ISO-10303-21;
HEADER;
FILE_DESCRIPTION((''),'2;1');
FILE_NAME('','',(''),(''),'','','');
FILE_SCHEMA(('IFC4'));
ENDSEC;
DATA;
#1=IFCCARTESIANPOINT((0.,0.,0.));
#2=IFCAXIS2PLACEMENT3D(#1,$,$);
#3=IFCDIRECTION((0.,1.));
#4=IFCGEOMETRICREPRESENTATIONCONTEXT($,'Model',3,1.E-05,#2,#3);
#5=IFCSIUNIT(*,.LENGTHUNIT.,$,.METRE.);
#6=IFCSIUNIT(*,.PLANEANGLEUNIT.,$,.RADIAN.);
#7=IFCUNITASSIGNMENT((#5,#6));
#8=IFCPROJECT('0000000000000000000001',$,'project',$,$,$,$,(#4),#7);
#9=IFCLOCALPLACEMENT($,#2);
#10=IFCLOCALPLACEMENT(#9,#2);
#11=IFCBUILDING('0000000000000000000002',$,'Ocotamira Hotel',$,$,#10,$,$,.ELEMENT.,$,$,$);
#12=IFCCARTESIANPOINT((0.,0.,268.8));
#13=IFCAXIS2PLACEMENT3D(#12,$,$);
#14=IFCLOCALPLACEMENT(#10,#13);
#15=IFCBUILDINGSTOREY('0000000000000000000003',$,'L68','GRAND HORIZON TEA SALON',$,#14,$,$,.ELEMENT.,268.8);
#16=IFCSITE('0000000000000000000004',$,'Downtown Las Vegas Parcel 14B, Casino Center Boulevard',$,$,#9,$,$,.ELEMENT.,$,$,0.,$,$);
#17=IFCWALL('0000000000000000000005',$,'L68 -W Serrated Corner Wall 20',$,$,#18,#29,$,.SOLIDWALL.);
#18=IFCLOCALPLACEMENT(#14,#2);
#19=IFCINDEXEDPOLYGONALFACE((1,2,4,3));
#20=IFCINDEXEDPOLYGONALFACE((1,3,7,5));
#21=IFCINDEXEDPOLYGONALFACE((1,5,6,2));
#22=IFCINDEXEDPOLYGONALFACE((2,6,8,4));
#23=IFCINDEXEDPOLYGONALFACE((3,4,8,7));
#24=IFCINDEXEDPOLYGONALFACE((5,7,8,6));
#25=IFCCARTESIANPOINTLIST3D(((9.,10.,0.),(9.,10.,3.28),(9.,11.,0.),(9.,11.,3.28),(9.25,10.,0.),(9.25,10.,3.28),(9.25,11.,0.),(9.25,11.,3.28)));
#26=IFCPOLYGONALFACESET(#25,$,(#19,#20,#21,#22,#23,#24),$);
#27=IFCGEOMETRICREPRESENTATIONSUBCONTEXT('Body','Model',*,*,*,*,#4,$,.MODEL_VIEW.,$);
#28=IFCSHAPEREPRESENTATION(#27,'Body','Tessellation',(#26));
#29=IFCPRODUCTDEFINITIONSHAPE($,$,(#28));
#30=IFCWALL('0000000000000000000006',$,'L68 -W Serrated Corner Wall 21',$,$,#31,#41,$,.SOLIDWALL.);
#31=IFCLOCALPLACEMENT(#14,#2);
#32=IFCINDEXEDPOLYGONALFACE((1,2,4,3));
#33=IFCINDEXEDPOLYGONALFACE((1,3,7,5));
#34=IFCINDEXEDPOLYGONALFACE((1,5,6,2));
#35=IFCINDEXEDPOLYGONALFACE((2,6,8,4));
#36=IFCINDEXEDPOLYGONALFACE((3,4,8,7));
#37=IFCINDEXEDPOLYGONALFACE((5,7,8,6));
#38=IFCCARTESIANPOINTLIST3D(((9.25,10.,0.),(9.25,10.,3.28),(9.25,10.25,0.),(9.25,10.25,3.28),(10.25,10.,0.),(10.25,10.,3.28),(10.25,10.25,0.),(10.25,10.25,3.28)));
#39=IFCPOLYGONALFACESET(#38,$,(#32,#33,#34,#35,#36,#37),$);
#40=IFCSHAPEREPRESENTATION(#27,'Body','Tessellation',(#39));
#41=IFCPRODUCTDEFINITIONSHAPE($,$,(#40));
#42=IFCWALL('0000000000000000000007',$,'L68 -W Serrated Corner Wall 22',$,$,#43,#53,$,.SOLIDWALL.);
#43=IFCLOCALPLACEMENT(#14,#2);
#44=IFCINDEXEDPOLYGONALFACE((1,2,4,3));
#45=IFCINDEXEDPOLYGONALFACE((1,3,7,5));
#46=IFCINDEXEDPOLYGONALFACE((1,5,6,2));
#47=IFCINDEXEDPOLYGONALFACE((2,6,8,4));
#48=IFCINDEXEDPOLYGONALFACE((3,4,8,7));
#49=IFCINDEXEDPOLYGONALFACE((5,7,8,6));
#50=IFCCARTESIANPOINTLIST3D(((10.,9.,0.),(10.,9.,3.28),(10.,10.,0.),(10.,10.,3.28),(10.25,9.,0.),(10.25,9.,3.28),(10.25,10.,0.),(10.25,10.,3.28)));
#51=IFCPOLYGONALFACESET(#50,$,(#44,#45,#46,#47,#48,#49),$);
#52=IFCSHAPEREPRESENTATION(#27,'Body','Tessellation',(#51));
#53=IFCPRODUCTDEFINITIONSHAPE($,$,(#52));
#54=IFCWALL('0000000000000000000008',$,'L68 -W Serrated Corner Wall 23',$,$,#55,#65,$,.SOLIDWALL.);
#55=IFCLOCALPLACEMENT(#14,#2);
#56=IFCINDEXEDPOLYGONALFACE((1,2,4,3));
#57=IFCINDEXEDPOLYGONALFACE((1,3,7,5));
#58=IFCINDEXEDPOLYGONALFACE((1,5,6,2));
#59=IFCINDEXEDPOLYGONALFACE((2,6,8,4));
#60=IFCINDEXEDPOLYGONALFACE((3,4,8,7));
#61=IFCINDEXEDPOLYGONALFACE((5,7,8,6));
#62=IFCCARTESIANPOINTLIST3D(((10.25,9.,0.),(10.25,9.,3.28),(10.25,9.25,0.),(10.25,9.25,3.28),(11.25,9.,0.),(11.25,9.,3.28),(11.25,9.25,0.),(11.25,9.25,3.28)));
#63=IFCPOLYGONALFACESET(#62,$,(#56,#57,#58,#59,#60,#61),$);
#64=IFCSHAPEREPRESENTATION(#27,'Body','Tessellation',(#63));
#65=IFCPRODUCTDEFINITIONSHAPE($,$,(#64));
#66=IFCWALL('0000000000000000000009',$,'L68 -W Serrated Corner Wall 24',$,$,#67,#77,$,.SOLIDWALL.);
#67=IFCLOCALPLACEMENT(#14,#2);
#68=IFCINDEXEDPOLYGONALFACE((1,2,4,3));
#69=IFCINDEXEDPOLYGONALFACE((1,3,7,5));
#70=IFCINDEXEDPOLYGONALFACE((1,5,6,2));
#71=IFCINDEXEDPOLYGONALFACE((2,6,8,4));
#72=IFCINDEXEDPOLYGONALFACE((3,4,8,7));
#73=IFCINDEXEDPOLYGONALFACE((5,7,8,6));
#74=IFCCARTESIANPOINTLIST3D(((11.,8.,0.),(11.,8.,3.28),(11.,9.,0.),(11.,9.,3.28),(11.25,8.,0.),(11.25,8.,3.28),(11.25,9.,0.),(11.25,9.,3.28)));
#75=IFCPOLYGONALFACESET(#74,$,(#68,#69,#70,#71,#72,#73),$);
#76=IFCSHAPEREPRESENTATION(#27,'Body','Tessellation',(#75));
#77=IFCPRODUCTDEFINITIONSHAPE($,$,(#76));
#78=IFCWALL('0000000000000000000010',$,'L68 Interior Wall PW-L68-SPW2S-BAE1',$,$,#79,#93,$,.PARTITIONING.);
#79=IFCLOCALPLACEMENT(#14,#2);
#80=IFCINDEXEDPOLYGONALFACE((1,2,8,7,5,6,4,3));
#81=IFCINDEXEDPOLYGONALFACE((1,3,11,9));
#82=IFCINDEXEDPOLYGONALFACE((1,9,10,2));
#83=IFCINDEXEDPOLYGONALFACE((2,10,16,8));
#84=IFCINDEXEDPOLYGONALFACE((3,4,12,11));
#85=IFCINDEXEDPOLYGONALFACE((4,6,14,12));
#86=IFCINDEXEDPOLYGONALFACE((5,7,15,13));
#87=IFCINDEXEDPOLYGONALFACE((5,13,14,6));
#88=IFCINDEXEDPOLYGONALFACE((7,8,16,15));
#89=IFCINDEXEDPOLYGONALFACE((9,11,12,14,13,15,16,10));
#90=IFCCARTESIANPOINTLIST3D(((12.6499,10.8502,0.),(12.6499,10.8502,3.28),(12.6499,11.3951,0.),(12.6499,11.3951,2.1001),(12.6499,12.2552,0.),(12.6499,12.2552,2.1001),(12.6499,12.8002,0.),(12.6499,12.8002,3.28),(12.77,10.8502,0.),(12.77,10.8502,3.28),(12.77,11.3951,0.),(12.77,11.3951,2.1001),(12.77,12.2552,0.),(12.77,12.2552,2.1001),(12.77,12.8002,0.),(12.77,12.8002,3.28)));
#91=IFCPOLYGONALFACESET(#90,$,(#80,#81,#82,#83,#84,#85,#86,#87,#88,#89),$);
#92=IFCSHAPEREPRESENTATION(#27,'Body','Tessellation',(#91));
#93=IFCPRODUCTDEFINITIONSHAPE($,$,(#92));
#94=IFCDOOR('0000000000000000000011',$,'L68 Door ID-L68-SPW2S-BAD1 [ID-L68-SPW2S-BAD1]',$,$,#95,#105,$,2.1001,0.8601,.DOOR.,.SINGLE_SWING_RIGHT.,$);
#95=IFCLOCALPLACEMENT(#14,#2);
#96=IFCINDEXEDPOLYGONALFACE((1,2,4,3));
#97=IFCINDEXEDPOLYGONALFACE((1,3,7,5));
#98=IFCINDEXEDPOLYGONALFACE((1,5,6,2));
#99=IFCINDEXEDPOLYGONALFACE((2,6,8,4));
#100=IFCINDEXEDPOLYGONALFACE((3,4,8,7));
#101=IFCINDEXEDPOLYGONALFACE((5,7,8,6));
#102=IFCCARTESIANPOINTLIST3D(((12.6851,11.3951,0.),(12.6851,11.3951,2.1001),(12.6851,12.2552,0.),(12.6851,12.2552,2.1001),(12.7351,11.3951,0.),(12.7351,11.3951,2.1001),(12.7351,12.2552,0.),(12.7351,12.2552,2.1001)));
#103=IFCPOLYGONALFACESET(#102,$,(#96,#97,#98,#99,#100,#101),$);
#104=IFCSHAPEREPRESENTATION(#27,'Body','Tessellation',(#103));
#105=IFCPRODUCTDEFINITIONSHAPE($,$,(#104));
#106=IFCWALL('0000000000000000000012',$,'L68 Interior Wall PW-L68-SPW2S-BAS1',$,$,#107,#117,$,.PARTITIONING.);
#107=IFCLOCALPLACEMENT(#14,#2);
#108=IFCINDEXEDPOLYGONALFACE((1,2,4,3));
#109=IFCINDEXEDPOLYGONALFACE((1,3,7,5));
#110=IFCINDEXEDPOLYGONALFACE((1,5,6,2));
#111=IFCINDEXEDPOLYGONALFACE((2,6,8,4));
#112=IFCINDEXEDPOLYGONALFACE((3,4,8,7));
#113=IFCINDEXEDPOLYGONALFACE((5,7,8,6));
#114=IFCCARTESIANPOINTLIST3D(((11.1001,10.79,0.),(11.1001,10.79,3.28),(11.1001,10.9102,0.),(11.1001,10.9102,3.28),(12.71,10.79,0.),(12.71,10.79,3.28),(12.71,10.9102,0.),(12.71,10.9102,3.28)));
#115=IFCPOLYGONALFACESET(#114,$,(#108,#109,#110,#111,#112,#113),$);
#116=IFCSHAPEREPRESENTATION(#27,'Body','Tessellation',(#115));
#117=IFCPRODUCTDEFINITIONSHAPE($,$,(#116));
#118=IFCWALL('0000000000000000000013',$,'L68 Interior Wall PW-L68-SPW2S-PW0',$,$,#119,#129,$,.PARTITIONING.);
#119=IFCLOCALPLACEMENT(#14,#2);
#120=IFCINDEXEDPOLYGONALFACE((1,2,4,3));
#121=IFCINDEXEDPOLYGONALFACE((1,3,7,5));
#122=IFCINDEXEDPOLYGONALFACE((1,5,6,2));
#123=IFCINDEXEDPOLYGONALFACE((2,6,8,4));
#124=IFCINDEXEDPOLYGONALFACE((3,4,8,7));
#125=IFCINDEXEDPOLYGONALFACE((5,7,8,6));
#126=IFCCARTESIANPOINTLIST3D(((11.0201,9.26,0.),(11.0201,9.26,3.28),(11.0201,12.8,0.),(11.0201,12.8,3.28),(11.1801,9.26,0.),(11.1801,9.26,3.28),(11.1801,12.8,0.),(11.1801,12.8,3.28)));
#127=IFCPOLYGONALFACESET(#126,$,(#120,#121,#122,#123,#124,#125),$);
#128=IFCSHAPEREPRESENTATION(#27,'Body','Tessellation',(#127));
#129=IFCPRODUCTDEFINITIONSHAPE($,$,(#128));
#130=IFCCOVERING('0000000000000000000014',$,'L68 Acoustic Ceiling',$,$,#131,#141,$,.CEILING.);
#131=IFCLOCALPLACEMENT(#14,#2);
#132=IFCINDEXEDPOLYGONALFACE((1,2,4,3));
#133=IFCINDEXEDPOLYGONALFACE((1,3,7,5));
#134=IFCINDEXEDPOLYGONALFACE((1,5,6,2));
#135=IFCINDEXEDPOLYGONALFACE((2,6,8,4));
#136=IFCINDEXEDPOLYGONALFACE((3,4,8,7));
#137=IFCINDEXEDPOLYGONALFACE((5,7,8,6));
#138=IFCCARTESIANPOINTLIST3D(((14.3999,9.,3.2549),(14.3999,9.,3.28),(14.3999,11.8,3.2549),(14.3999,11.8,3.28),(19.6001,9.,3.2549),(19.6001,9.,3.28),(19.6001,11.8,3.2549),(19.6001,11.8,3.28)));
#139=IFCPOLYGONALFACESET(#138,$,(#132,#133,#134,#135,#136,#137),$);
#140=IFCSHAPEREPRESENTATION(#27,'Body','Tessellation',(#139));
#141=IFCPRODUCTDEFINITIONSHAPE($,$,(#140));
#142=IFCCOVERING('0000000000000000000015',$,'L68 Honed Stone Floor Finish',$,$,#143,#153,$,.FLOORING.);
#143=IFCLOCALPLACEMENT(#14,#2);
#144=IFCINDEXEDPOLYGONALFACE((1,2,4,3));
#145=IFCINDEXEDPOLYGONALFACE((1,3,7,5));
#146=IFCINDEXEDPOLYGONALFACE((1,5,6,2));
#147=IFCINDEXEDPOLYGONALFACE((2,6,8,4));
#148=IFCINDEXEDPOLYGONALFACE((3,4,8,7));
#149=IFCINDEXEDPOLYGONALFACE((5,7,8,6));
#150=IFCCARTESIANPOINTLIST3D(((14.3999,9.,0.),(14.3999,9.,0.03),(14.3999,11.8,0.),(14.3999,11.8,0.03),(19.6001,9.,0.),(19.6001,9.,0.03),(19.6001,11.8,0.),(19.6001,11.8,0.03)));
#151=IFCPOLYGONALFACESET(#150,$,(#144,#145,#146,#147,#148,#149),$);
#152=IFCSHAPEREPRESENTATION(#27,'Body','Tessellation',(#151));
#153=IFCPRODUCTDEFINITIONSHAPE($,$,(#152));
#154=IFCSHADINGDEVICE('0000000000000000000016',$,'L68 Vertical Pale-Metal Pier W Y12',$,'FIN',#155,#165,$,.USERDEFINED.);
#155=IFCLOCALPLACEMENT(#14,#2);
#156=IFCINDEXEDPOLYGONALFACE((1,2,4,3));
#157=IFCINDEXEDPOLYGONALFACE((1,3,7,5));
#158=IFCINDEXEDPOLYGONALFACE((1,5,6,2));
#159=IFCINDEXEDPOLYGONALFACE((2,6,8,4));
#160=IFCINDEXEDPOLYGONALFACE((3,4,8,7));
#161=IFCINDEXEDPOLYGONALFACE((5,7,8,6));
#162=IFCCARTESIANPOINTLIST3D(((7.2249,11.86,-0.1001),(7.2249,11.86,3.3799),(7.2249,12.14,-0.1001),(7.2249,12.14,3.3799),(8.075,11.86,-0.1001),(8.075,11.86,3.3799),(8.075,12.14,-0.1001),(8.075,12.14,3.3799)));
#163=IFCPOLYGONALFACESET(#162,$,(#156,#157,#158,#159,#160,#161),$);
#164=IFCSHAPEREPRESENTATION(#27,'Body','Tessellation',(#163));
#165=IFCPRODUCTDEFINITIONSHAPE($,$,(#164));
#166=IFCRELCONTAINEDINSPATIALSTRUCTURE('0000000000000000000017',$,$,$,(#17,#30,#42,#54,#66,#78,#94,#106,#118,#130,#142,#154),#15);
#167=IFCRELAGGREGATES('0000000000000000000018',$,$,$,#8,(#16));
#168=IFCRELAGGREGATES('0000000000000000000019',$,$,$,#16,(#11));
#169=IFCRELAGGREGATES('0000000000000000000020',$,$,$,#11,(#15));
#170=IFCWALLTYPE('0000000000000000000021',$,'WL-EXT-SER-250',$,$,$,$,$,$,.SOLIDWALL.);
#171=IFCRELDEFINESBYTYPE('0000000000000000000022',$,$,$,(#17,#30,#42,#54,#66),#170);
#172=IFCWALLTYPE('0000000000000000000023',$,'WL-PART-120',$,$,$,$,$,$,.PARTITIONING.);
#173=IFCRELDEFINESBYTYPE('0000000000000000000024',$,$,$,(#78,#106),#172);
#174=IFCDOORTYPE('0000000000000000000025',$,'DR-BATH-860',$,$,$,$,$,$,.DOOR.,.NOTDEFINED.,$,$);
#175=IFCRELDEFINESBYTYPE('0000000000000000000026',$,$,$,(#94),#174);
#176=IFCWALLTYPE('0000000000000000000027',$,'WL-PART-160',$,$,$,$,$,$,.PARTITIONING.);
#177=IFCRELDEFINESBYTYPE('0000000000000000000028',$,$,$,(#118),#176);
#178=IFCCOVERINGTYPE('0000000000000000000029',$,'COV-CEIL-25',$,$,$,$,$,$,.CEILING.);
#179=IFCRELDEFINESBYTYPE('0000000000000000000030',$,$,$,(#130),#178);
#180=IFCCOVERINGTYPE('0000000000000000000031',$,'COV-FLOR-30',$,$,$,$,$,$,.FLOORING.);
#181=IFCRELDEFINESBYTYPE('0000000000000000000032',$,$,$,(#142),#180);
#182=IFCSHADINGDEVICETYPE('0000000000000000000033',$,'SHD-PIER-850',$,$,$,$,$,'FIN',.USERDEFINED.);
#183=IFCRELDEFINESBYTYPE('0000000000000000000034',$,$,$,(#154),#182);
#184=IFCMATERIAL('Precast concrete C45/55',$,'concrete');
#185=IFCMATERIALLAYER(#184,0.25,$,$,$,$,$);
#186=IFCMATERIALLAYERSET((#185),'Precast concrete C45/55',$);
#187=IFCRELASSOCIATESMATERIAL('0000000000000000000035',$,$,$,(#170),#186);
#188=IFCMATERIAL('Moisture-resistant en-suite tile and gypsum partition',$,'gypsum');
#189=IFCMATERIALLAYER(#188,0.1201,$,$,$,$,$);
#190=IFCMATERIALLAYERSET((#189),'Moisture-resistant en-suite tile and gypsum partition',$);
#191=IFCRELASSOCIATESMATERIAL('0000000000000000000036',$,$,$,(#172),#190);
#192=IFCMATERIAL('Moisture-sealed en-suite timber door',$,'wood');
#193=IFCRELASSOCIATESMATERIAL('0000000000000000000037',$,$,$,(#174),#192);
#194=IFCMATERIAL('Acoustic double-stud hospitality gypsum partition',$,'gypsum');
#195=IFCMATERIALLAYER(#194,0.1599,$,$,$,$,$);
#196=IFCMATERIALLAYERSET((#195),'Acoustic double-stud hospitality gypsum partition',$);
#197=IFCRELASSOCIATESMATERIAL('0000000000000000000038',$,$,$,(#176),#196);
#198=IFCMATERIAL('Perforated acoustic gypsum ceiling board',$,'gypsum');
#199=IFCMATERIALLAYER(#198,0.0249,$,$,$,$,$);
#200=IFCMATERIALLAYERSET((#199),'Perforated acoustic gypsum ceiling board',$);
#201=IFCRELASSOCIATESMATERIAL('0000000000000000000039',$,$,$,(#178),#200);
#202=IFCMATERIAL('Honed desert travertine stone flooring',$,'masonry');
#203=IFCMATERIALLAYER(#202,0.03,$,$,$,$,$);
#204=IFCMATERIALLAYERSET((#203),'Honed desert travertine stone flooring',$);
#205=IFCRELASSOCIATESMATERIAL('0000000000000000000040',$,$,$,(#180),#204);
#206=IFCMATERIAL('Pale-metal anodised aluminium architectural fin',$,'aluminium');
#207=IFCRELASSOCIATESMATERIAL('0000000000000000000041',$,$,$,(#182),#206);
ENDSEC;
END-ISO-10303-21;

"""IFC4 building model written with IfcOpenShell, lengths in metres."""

from ifc_helpers import new_model, si_unit, direction, frame, frame_2d, origin, origin_2d, place, context, subcontext, project, spatial, polyline, rectangle, outline, extrude, source, transform, mapped, material, layer, layer_set, type_object, element, fill, save


model = new_model("IFC4")

# Units and contexts
model_context = context("Model", 3, precision=1e-05, world=origin(), true_north=direction((0.0, 1.0)))
body_context = subcontext(model_context, "Body", "Model", "MODEL_VIEW")
ifc_project = project(units=[si_unit("LENGTHUNIT", "METRE"), si_unit("PLANEANGLEUNIT", "RADIAN")], contexts=[model_context])

# Site, building, storey
site_placement = place(None, origin())
site = spatial("IfcSite", under=ifc_project, at=site_placement, Name="Downtown Las Vegas Parcel 14B, Casino Center Boulevard", CompositionType="ELEMENT", RefElevation=0.0)
building_placement = place(site_placement, origin())
building = spatial("IfcBuilding", under=site, at=building_placement, Name="Ocotamira Hotel", CompositionType="ELEMENT")
storey_placement = place(building_placement, frame((0.0, 0.0, 268.8)))
storey = spatial("IfcBuildingStorey", under=building, at=storey_placement, Name="L68", Description="GRAND HORIZON TEA SALON", CompositionType="ELEMENT", Elevation=268.8)

# Walls
ifc_material_1 = material(Name="Precast concrete C45/55", Category="concrete")
ifc_layer_1 = layer(ifc_material_1, 0.25)
ifc_layer_set_1 = layer_set([ifc_layer_1], Name="Precast concrete C45/55")
wall_type_1 = type_object("IfcWallType", Name="WL-EXT-SER-250", PredefinedType="SOLIDWALL", material=ifc_layer_set_1)
for number, where, z_axis, x_axis, name in (
    (1, (9.125, 11.0, 0.0), (0.0, 0.0, 1.0), (0.0, -1.0, 0.0), "L68 -W Serrated Corner Wall 20"),
    (2, (9.25, 10.125, 0.0), (0.0, 0.0, 1.0), (1.0, 0.0, 0.0), "L68 -W Serrated Corner Wall 21"),
    (3, (10.125, 10.0, 0.0), (0.0, 0.0, 1.0), (0.0, -1.0, 0.0), "L68 -W Serrated Corner Wall 22"),
    (4, (10.25, 9.125, 0.0), (0.0, 0.0, 1.0), (1.0, 0.0, 0.0), "L68 -W Serrated Corner Wall 23"),
    (5, (11.125, 9.0, 0.0), (0.0, 0.0, 1.0), (0.0, -1.0, 0.0), "L68 -W Serrated Corner Wall 24"),
):
    element("IfcWall", number, at=place(storey_placement, frame(where, z_axis=z_axis, x_axis=x_axis)), inside=storey, type_object=wall_type_1, Name=name, PredefinedType="SOLIDWALL", context=body_context, shape_type="SweptSolid", body=[
        extrude(rectangle(XDim=1.0, YDim=0.25, at=frame_2d((0.5, 0.0))), origin(), (0.0, 0.0, 1.0), 3.28),
    ])

# Wall, opening, door
ifc_material_2 = material(Name="Moisture-resistant en-suite tile and gypsum partition", Category="gypsum")
ifc_layer_2 = layer(ifc_material_2, 0.1201)
ifc_layer_set_2 = layer_set([ifc_layer_2], Name="Moisture-resistant en-suite tile and gypsum partition")
wall_type_2 = type_object("IfcWallType", Name="WL-PART-120", PredefinedType="PARTITIONING", material=ifc_layer_set_2)
wall_1_placement = place(storey_placement, frame((12.71, 10.8501, 0.0), z_axis=(0.0, 0.0, 1.0), x_axis=(0.0, 1.0, 0.0)))
wall_1 = element("IfcWall", 6, at=wall_1_placement, inside=storey, type_object=wall_type_2, Name="L68 Interior Wall PW-L68-SPW2S-BAE1", PredefinedType="PARTITIONING", context=body_context, shape_type="SweptSolid", body=[
    extrude(rectangle(XDim=1.95, YDim=0.1201, at=frame_2d((0.9751, 0.0))), origin(), (0.0, 0.0, 1.0), 3.28),
])
opening_placement = place(wall_1_placement, frame((0.5449, 0.0, 0.0)))
opening = element("IfcOpeningElement", 7, at=opening_placement, cuts=wall_1, PredefinedType="OPENING", context=body_context, shape_type="SweptSolid", body=[
    extrude(rectangle(XDim=0.8601, YDim=2.1001, at=frame_2d((0.4302, 1.05))), frame((0.0, 0.0701, 0.0), z_axis=(0.0, -1.0, 0.0), x_axis=(1.0, 0.0, 0.0)), (0.0, 0.0, 1.0), 0.1401),
])
ifc_material_3 = material(Name="Moisture-sealed en-suite timber door", Category="wood")
door_type = type_object("IfcDoorType", Name="DR-BATH-860", OperationType="NOTDEFINED", PredefinedType="DOOR", material=ifc_material_3)
shared_shape_1 = source(origin(), body_context, "Body", "SweptSolid", [
    extrude(rectangle(XDim=0.8601, YDim=2.1001, at=frame_2d((0.4302, 1.05))), frame((0.0, 0.0249, 0.0), z_axis=(0.0, -1.0, 0.0), x_axis=(1.0, 0.0, 0.0)), (0.0, 0.0, 1.0), 0.05),
])
door_placement = place(opening_placement, origin())
door = element("IfcDoor", 8, at=door_placement, inside=storey, type_object=door_type, Name="L68 Door ID-L68-SPW2S-BAD1 [ID-L68-SPW2S-BAD1]", OperationType="SINGLE_SWING_RIGHT", OverallHeight=2.1001, OverallWidth=0.8601, PredefinedType="DOOR", context=body_context, shape_type="MappedRepresentation", body=[
    mapped(shared_shape_1, transform((0.0, 0.0, 0.0), scale=1.0)),
])
fill(opening, door)

# Walls
wall_2_placement = place(storey_placement, frame((11.1001, 10.8501, 0.0), z_axis=(0.0, 0.0, 1.0), x_axis=(1.0, 0.0, 0.0)))
element("IfcWall", 9, at=wall_2_placement, inside=storey, type_object=wall_type_2, Name="L68 Interior Wall PW-L68-SPW2S-BAS1", PredefinedType="PARTITIONING", context=body_context, shape_type="SweptSolid", body=[
    extrude(rectangle(XDim=1.6099, YDim=0.1201, at=frame_2d((0.8049, 0.0))), origin(), (0.0, 0.0, 1.0), 3.28),
])
ifc_material_4 = material(Name="Acoustic double-stud hospitality gypsum partition", Category="gypsum")
ifc_layer_3 = layer(ifc_material_4, 0.1599)
ifc_layer_set_3 = layer_set([ifc_layer_3], Name="Acoustic double-stud hospitality gypsum partition")
wall_type_3 = type_object("IfcWallType", Name="WL-PART-160", PredefinedType="PARTITIONING", material=ifc_layer_set_3)
wall_3_placement = place(storey_placement, frame((11.1001, 9.26, 0.0), z_axis=(0.0, 0.0, 1.0), x_axis=(0.0, 1.0, 0.0)))
element("IfcWall", 10, at=wall_3_placement, inside=storey, type_object=wall_type_3, Name="L68 Interior Wall PW-L68-SPW2S-PW0", PredefinedType="PARTITIONING", context=body_context, shape_type="SweptSolid", body=[
    extrude(rectangle(XDim=3.54, YDim=0.1599, at=frame_2d((1.77, 0.0))), origin(), (0.0, 0.0, 1.0), 3.28),
])

# Coverings
ifc_material_5 = material(Name="Perforated acoustic gypsum ceiling board", Category="gypsum")
ifc_layer_4 = layer(ifc_material_5, 0.0249)
ifc_layer_set_4 = layer_set([ifc_layer_4], Name="Perforated acoustic gypsum ceiling board")
covering_type_1 = type_object("IfcCoveringType", Name="COV-CEIL-25", PredefinedType="CEILING", material=ifc_layer_set_4)
covering_1_placement = place(storey_placement, frame((0.0, 0.0, 3.2549)))
element("IfcCovering", 11, at=covering_1_placement, inside=storey, type_object=covering_type_1, Name="L68 Acoustic Ceiling", PredefinedType="CEILING", context=body_context, shape_type="SweptSolid", body=[
    extrude(outline(polyline([(14.3999, 9.0), (19.6001, 9.0), (19.6001, 11.8), (14.3999, 11.8), (14.3999, 9.0)])), origin(), (0.0, 0.0, 1.0), 0.0251),
])
ifc_material_6 = material(Name="Honed desert travertine stone flooring", Category="masonry")
ifc_layer_5 = layer(ifc_material_6, 0.03)
ifc_layer_set_5 = layer_set([ifc_layer_5], Name="Honed desert travertine stone flooring")
covering_type_2 = type_object("IfcCoveringType", Name="COV-FLOR-30", PredefinedType="FLOORING", material=ifc_layer_set_5)
covering_2_placement = place(storey_placement, origin())
element("IfcCovering", 12, at=covering_2_placement, inside=storey, type_object=covering_type_2, Name="L68 Honed Stone Floor Finish", PredefinedType="FLOORING", context=body_context, shape_type="SweptSolid", body=[
    extrude(outline(polyline([(14.3999, 9.0), (19.6001, 9.0), (19.6001, 11.8), (14.3999, 11.8), (14.3999, 9.0)])), origin(), (0.0, 0.0, 1.0), 0.03),
])

# Shading device
ifc_material_7 = material(Name="Pale-metal anodised aluminium architectural fin", Category="aluminium")
shading_device_type = type_object("IfcShadingDeviceType", Name="SHD-PIER-850", ElementType="FIN", PredefinedType="USERDEFINED", material=ifc_material_7)
shared_shape_2 = source(origin(), body_context, "Body", "SweptSolid", [
    extrude(rectangle(XDim=0.8501, YDim=0.28, at=origin_2d()), origin(), (0.0, 0.0, 1.0), 3.48),
])
shading_device_placement = place(storey_placement, frame((7.6499, 12.0, -0.1001), z_axis=(0.0, 0.0, 1.0), x_axis=(1.0, 0.0, 0.0)))
element("IfcShadingDevice", 13, at=shading_device_placement, inside=storey, type_object=shading_device_type, Name="L68 Vertical Pale-Metal Pier W Y12", ObjectType="FIN", PredefinedType="USERDEFINED", context=body_context, shape_type="MappedRepresentation", body=[
    mapped(shared_shape_2, transform((0.0, 0.0, 0.0), scale=1.0)),
])

save(model, "model.ifc")
